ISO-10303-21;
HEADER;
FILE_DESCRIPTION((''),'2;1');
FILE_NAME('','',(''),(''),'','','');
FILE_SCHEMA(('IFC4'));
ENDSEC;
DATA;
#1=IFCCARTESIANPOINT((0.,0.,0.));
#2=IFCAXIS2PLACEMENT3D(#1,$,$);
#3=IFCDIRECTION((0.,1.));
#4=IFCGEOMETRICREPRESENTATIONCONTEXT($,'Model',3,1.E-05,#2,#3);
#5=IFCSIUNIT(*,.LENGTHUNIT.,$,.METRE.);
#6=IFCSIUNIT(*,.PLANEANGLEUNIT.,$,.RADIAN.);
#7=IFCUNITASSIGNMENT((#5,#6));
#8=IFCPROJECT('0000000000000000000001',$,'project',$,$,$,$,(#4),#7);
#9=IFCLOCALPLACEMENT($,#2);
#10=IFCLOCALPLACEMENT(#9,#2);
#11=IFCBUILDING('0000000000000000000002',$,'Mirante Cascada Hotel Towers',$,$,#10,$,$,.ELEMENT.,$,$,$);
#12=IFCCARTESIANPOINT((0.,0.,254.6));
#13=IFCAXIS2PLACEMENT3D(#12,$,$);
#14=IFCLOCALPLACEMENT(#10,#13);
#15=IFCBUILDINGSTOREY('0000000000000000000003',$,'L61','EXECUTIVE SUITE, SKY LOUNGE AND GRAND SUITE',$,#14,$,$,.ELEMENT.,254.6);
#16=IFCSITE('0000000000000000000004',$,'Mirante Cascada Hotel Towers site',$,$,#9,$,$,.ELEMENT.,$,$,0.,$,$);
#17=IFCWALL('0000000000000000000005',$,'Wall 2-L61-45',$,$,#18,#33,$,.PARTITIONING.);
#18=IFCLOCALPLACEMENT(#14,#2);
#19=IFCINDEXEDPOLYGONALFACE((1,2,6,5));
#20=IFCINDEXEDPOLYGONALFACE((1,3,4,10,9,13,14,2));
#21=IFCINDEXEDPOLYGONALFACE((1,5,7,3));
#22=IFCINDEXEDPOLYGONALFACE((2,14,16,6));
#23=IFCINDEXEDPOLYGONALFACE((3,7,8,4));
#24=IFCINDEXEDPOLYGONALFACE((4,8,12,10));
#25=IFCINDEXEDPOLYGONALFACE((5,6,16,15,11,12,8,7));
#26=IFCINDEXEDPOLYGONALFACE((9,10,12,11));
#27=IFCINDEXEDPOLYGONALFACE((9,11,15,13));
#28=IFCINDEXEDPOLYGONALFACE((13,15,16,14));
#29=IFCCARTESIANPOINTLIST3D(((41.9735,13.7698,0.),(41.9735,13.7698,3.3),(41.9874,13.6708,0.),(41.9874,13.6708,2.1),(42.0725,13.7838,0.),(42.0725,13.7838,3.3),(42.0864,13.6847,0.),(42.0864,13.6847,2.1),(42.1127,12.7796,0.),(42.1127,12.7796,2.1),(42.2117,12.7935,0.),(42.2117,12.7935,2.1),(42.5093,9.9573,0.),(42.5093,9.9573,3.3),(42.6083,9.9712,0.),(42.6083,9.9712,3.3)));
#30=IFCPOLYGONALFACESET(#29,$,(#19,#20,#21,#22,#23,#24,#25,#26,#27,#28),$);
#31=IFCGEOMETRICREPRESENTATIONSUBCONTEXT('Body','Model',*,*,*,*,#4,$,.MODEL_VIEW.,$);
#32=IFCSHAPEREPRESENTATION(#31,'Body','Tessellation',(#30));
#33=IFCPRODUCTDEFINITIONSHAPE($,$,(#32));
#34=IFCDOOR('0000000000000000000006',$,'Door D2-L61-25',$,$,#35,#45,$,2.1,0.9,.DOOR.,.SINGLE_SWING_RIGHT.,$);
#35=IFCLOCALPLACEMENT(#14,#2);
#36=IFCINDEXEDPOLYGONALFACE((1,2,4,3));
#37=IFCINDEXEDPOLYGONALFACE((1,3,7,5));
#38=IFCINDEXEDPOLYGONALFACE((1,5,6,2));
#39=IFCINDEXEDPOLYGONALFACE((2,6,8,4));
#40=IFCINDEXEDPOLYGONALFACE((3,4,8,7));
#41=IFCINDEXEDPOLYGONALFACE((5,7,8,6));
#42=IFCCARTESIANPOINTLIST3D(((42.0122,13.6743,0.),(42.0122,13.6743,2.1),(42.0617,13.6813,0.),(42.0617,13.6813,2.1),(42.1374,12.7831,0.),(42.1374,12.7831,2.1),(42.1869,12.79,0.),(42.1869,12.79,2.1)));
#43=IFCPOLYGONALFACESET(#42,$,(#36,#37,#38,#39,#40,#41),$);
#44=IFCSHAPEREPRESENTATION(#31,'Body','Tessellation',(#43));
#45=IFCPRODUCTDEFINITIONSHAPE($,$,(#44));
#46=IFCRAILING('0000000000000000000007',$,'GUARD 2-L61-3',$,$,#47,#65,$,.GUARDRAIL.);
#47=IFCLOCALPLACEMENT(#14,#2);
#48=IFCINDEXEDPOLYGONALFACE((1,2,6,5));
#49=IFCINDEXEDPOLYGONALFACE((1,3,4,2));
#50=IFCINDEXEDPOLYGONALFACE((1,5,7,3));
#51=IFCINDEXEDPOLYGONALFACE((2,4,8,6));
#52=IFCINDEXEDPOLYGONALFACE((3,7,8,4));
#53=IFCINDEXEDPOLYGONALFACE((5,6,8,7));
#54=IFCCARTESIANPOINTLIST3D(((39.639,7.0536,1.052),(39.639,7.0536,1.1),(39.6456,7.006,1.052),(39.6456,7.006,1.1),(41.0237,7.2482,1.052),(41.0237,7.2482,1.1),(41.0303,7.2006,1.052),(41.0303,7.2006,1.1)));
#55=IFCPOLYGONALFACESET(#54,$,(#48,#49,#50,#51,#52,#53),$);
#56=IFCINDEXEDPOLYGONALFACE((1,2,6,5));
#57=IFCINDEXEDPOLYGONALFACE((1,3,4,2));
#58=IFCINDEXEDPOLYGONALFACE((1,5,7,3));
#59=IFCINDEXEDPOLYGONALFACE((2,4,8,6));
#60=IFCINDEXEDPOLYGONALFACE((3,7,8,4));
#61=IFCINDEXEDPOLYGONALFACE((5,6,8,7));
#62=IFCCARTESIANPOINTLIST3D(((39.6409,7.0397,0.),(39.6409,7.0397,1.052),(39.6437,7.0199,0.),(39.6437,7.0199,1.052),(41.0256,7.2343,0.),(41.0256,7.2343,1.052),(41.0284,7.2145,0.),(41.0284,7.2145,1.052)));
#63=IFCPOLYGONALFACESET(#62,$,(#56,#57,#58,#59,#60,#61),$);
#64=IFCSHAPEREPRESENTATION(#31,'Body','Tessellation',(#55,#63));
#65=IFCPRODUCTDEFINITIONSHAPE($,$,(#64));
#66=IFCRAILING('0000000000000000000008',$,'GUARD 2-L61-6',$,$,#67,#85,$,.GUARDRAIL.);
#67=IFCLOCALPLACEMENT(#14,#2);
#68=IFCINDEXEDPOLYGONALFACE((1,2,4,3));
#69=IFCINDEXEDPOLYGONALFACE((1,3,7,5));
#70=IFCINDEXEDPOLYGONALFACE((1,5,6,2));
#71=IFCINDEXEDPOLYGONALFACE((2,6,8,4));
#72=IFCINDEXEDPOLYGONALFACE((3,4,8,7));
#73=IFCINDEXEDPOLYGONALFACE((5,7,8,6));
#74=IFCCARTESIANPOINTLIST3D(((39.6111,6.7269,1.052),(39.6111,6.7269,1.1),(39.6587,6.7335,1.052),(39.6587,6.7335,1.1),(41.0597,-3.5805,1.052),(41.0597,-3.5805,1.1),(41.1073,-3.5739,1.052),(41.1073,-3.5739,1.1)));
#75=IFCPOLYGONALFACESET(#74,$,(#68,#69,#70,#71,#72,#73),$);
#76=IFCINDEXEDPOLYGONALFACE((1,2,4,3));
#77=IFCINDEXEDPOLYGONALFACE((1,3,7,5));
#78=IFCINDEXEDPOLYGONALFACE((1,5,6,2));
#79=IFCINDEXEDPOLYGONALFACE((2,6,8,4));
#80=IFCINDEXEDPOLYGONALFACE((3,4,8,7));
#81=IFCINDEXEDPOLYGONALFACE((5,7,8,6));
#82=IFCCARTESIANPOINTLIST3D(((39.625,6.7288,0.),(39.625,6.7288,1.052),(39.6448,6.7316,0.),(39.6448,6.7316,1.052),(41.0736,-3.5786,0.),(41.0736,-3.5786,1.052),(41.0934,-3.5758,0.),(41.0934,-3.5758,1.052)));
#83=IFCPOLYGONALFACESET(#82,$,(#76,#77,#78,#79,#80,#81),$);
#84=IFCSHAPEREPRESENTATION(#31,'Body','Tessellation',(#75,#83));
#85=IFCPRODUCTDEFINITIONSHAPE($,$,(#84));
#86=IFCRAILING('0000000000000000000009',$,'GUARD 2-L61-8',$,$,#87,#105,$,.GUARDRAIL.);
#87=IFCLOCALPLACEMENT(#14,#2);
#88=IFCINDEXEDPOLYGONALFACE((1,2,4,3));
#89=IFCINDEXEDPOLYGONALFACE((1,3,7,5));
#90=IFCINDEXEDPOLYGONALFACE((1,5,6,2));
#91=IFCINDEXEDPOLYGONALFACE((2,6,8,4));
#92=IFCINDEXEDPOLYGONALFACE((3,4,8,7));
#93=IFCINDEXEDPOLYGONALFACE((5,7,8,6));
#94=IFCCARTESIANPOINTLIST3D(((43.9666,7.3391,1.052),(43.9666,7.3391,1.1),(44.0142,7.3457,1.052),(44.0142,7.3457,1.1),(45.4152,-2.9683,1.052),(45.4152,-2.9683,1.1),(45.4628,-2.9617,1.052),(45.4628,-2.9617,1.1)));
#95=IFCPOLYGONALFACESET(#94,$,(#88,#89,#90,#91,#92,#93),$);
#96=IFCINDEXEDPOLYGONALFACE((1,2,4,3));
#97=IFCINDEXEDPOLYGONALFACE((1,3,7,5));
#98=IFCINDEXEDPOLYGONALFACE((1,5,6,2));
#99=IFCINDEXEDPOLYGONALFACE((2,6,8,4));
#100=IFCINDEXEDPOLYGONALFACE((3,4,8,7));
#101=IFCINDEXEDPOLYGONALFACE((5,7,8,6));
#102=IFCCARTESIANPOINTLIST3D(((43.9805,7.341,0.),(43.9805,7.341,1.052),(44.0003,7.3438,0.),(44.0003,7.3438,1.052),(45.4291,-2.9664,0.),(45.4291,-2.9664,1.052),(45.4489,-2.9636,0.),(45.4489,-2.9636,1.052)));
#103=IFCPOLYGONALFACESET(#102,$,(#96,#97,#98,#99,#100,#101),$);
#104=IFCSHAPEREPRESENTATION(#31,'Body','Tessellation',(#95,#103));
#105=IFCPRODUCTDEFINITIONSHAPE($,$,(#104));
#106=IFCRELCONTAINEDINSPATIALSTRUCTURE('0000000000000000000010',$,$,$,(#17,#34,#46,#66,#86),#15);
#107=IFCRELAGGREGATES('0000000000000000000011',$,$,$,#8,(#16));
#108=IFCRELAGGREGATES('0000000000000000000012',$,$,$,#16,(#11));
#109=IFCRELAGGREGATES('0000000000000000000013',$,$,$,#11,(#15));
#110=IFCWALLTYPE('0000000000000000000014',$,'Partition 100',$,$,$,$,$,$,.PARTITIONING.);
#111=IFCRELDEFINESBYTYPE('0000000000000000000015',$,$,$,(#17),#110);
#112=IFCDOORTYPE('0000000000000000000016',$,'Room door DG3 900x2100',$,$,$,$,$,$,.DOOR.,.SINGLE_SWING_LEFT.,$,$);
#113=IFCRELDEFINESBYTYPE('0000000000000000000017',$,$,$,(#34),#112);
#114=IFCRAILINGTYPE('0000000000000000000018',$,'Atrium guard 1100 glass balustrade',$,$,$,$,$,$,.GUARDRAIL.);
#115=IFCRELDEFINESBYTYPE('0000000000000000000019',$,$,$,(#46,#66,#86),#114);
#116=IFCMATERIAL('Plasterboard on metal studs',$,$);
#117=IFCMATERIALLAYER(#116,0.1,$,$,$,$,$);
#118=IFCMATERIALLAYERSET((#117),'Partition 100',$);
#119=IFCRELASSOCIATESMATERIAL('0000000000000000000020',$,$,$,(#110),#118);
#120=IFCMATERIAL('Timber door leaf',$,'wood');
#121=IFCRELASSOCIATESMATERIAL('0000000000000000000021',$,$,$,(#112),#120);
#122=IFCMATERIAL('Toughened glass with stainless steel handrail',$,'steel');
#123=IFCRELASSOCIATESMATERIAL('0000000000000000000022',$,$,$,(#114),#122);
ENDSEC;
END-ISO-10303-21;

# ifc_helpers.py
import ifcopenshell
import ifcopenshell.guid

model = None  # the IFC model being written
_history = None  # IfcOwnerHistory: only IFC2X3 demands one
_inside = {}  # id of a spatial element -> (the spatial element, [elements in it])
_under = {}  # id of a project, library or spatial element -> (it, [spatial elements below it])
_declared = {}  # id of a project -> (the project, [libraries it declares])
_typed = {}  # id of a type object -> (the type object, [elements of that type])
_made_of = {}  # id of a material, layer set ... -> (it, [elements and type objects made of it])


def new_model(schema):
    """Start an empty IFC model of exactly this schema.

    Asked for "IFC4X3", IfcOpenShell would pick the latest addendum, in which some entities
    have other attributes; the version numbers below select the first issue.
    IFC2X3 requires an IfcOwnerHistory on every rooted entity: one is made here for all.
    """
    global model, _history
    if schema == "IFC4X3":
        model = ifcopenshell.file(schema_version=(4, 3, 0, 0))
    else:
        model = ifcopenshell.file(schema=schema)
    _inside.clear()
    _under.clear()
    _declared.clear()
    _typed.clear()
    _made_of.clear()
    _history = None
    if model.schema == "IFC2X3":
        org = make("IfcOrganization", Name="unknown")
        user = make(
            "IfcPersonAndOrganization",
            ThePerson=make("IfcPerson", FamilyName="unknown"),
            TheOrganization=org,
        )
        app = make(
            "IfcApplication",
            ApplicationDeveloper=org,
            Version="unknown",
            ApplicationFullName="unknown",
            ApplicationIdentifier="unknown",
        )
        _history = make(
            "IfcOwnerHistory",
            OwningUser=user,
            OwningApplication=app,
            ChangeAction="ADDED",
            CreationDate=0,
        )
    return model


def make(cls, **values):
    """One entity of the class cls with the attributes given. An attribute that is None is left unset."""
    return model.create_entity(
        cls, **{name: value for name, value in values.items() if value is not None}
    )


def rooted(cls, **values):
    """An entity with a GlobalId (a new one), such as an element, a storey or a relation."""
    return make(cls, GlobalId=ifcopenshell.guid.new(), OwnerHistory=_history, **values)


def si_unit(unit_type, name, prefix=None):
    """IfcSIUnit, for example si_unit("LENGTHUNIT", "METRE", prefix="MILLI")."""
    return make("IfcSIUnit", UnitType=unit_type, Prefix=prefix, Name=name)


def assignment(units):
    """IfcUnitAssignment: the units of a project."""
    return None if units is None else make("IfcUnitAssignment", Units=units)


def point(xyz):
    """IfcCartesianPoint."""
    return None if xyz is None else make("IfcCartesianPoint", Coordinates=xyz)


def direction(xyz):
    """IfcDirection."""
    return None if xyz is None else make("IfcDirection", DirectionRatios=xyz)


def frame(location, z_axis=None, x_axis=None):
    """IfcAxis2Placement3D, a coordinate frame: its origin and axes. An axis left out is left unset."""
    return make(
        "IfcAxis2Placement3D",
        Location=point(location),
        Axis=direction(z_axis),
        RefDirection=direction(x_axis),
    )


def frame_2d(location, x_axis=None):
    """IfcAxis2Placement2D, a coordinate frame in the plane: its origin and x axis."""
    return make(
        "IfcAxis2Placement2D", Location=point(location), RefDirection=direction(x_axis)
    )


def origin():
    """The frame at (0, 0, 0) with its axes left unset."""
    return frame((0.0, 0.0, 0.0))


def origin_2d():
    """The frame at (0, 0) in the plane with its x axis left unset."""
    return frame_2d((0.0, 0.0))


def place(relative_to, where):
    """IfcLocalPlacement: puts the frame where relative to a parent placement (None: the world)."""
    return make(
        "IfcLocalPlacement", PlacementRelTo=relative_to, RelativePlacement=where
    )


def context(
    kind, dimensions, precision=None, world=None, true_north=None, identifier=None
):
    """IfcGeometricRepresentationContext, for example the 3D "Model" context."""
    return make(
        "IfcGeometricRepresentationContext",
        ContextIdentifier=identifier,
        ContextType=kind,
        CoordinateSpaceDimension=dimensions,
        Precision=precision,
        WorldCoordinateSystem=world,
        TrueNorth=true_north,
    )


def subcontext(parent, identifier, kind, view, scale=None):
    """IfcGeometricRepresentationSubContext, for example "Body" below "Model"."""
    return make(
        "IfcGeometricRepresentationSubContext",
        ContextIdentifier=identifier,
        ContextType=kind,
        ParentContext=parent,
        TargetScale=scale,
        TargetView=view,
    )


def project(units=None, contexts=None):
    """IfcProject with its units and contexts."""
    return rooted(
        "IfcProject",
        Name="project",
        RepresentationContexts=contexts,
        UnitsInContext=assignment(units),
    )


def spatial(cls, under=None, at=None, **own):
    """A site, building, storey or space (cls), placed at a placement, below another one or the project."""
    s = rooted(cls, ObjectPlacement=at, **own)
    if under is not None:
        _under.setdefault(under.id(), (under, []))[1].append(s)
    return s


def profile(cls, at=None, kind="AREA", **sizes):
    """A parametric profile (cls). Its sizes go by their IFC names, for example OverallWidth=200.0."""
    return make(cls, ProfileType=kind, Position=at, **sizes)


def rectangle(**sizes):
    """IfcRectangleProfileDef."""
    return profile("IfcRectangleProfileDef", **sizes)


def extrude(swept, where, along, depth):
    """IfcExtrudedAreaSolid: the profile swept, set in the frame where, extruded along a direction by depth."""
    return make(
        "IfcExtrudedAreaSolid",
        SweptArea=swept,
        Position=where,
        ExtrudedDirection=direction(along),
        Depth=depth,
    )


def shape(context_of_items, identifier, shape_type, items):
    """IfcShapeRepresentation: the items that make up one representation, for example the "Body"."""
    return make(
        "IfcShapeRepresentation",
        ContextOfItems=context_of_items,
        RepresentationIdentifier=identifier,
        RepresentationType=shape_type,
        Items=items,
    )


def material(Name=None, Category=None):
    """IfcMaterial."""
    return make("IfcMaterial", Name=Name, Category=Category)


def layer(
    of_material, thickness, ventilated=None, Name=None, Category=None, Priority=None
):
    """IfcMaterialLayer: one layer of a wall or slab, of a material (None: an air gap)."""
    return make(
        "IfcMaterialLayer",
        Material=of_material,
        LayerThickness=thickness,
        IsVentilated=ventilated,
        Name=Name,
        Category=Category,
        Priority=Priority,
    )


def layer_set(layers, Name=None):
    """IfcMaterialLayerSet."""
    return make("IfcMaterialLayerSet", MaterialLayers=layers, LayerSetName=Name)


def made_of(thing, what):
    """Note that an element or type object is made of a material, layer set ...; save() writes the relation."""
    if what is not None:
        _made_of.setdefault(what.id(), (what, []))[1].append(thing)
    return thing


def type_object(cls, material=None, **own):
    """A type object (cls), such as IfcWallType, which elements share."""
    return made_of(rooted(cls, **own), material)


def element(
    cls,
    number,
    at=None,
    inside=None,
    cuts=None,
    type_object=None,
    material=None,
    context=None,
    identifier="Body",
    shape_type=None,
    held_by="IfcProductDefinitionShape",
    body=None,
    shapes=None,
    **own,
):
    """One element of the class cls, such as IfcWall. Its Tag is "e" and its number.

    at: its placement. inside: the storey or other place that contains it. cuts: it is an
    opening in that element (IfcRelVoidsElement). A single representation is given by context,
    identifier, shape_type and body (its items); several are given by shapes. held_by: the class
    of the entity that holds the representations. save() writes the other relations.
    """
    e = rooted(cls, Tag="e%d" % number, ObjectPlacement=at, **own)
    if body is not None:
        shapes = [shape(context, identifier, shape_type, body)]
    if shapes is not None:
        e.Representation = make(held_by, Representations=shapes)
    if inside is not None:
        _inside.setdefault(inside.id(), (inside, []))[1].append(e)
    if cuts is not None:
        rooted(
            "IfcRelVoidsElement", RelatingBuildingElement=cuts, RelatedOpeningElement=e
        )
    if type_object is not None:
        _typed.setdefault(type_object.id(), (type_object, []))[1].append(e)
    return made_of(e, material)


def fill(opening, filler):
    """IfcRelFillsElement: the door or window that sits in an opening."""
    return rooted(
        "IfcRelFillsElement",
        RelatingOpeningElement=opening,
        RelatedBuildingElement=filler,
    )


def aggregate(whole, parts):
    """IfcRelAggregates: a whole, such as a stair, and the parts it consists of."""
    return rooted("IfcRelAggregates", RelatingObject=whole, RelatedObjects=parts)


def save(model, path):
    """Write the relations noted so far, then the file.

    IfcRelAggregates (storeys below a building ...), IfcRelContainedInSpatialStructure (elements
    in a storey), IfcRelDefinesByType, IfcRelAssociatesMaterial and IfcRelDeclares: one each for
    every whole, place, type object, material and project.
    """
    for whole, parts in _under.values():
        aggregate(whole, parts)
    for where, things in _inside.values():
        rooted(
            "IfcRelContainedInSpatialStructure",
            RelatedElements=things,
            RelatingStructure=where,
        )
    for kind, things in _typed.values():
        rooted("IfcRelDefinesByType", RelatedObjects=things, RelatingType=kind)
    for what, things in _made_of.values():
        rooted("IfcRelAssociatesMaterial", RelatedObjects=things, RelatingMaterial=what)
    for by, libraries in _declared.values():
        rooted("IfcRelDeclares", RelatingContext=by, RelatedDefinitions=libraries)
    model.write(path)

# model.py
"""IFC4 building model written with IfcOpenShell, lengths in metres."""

from ifc_helpers import new_model, si_unit, direction, frame, frame_2d, origin, origin_2d, place, context, subcontext, project, spatial, rectangle, extrude, material, layer, layer_set, type_object, element, fill, save


model = new_model("IFC4")

# Units and contexts
model_context = context("Model", 3, precision=1e-05, world=origin(), true_north=direction((0.0, 1.0)))
body_context = subcontext(model_context, "Body", "Model", "MODEL_VIEW")
ifc_project = project(units=[si_unit("LENGTHUNIT", "METRE"), si_unit("PLANEANGLEUNIT", "RADIAN")], contexts=[model_context])

# Site, building, storey
site_placement = place(None, origin())
site = spatial("IfcSite", under=ifc_project, at=site_placement, Name="Mirante Cascada Hotel Towers site", CompositionType="ELEMENT", RefElevation=0.0)
building_placement = place(site_placement, origin())
building = spatial("IfcBuilding", under=site, at=building_placement, Name="Mirante Cascada Hotel Towers", CompositionType="ELEMENT")
storey_placement = place(building_placement, frame((0.0, 0.0, 254.6)))
storey = spatial("IfcBuildingStorey", under=building, at=storey_placement, Name="L61", Description="EXECUTIVE SUITE, SKY LOUNGE AND GRAND SUITE", CompositionType="ELEMENT", Elevation=254.6)

# Shared definitions
ifc_material_1 = material(Name="Plasterboard on metal studs")
ifc_layer_1 = layer(ifc_material_1, 0.1)
ifc_layer_set_1 = layer_set([ifc_layer_1], Name="Partition 100")
wall_type_1 = type_object("IfcWallType", Name="Partition 100", PredefinedType="PARTITIONING", material=ifc_layer_set_1)

# Wall, opening, door
ifc_material_2 = material(Name="Timber door leaf", Category="wood")
door_type_1 = type_object("IfcDoorType", Name="Room door DG3 900x2100", OperationType="SINGLE_SWING_LEFT", PredefinedType="DOOR", material=ifc_material_2)
wall_1_placement = place(storey_placement, frame((42.023, 13.7768, 0.0), z_axis=(0.0, 0.0, 1.0), x_axis=(0.13917, -0.990268, 0.0)))
wall_1 = element("IfcWall", 1, at=wall_1_placement, inside=storey, type_object=wall_type_1, Name="Wall 2-L61-45", PredefinedType="PARTITIONING", context=body_context, shape_type="SweptSolid", body=[
    extrude(rectangle(XDim=3.85, YDim=0.1, at=frame_2d((1.925, 0.0))), origin(), (0.0, 0.0, 1.0), 3.3),
])
opening_1_placement = place(wall_1_placement, frame((0.1, 0.0, 0.0)))
opening_1 = element("IfcOpeningElement", 2, at=opening_1_placement, cuts=wall_1, PredefinedType="OPENING", context=body_context, shape_type="SweptSolid", body=[
    extrude(rectangle(XDim=0.9, YDim=2.1, at=frame_2d((0.45, 1.05))), frame((0.0, 0.05, 0.0), z_axis=(0.0, -1.0, 0.0), x_axis=(1.0, 0.0, 0.0)), (0.0, 0.0, 1.0), 0.1),
])
door_1_placement = place(opening_1_placement, frame((0.9, 0.0, 0.0), z_axis=(0.0, 0.0, 1.0), x_axis=(-1.0, 0.0, 0.0)))
door_1 = element("IfcDoor", 3, at=door_1_placement, inside=storey, type_object=door_type_1, Name="Door D2-L61-25", OperationType="SINGLE_SWING_RIGHT", OverallHeight=2.1, OverallWidth=0.9, PredefinedType="DOOR", context=body_context, shape_type="SweptSolid", body=[
    extrude(rectangle(XDim=0.9, YDim=2.1, at=frame_2d((0.45, 1.05))), frame((0.0, 0.025, 0.0), z_axis=(0.0, -1.0, 0.0), x_axis=(1.0, 0.0, 0.0)), (0.0, 0.0, 1.0), 0.05),
])
fill(opening_1, door_1)

# Railings
ifc_material_3 = material(Name="Toughened glass with stainless steel handrail", Category="steel")
railing_type = type_object("IfcRailingType", Name="Atrium guard 1100 glass balustrade", PredefinedType="GUARDRAIL", material=ifc_material_3)
railing_placement = place(storey_placement, frame((41.027, 7.2244, 0.0)))
element("IfcRailing", 4, at=railing_placement, inside=storey, type_object=railing_type, Name="GUARD 2-L61-3", PredefinedType="GUARDRAIL", context=body_context, shape_type="SweptSolid", body=[
    extrude(rectangle(XDim=0.048, YDim=0.048, at=origin_2d()), frame((0.0, 0.0, 1.076), z_axis=(-0.990269, -0.139168, 0.0), x_axis=(0.139168, -0.990269, 0.0)), (0.0, 0.0, 1.0), 1.3983),
    extrude(rectangle(XDim=0.02, YDim=1.052, at=origin_2d()), frame((0.0, 0.0, 0.526), z_axis=(-0.990269, -0.139168, 0.0), x_axis=(0.139168, -0.990269, 0.0)), (0.0, 0.0, 1.0), 1.3983),
])
for number, where, name in (
    (5, (39.6349, 6.7302, 0.0), "GUARD 2-L61-6"),
    (6, (43.9904, 7.3424, 0.0), "GUARD 2-L61-8"),
):
    element("IfcRailing", number, at=place(storey_placement, frame(where)), inside=storey, type_object=railing_type, Name=name, PredefinedType="GUARDRAIL", context=body_context, shape_type="SweptSolid", body=[
        extrude(rectangle(XDim=0.048, YDim=0.048, at=origin_2d()), frame((0.0, 0.0, 1.076), z_axis=(0.139172, -0.990268, 0.0), x_axis=(0.990268, 0.139172, 0.0)), (0.0, 0.0, 1.0), 10.4087),
        extrude(rectangle(XDim=0.02, YDim=1.052, at=origin_2d()), frame((0.0, 0.0, 0.526), z_axis=(0.139172, -0.990268, 0.0), x_axis=(0.990268, 0.139172, 0.0)), (0.0, 0.0, 1.0), 10.4087),
    ])

save(model, "model.ifc")
